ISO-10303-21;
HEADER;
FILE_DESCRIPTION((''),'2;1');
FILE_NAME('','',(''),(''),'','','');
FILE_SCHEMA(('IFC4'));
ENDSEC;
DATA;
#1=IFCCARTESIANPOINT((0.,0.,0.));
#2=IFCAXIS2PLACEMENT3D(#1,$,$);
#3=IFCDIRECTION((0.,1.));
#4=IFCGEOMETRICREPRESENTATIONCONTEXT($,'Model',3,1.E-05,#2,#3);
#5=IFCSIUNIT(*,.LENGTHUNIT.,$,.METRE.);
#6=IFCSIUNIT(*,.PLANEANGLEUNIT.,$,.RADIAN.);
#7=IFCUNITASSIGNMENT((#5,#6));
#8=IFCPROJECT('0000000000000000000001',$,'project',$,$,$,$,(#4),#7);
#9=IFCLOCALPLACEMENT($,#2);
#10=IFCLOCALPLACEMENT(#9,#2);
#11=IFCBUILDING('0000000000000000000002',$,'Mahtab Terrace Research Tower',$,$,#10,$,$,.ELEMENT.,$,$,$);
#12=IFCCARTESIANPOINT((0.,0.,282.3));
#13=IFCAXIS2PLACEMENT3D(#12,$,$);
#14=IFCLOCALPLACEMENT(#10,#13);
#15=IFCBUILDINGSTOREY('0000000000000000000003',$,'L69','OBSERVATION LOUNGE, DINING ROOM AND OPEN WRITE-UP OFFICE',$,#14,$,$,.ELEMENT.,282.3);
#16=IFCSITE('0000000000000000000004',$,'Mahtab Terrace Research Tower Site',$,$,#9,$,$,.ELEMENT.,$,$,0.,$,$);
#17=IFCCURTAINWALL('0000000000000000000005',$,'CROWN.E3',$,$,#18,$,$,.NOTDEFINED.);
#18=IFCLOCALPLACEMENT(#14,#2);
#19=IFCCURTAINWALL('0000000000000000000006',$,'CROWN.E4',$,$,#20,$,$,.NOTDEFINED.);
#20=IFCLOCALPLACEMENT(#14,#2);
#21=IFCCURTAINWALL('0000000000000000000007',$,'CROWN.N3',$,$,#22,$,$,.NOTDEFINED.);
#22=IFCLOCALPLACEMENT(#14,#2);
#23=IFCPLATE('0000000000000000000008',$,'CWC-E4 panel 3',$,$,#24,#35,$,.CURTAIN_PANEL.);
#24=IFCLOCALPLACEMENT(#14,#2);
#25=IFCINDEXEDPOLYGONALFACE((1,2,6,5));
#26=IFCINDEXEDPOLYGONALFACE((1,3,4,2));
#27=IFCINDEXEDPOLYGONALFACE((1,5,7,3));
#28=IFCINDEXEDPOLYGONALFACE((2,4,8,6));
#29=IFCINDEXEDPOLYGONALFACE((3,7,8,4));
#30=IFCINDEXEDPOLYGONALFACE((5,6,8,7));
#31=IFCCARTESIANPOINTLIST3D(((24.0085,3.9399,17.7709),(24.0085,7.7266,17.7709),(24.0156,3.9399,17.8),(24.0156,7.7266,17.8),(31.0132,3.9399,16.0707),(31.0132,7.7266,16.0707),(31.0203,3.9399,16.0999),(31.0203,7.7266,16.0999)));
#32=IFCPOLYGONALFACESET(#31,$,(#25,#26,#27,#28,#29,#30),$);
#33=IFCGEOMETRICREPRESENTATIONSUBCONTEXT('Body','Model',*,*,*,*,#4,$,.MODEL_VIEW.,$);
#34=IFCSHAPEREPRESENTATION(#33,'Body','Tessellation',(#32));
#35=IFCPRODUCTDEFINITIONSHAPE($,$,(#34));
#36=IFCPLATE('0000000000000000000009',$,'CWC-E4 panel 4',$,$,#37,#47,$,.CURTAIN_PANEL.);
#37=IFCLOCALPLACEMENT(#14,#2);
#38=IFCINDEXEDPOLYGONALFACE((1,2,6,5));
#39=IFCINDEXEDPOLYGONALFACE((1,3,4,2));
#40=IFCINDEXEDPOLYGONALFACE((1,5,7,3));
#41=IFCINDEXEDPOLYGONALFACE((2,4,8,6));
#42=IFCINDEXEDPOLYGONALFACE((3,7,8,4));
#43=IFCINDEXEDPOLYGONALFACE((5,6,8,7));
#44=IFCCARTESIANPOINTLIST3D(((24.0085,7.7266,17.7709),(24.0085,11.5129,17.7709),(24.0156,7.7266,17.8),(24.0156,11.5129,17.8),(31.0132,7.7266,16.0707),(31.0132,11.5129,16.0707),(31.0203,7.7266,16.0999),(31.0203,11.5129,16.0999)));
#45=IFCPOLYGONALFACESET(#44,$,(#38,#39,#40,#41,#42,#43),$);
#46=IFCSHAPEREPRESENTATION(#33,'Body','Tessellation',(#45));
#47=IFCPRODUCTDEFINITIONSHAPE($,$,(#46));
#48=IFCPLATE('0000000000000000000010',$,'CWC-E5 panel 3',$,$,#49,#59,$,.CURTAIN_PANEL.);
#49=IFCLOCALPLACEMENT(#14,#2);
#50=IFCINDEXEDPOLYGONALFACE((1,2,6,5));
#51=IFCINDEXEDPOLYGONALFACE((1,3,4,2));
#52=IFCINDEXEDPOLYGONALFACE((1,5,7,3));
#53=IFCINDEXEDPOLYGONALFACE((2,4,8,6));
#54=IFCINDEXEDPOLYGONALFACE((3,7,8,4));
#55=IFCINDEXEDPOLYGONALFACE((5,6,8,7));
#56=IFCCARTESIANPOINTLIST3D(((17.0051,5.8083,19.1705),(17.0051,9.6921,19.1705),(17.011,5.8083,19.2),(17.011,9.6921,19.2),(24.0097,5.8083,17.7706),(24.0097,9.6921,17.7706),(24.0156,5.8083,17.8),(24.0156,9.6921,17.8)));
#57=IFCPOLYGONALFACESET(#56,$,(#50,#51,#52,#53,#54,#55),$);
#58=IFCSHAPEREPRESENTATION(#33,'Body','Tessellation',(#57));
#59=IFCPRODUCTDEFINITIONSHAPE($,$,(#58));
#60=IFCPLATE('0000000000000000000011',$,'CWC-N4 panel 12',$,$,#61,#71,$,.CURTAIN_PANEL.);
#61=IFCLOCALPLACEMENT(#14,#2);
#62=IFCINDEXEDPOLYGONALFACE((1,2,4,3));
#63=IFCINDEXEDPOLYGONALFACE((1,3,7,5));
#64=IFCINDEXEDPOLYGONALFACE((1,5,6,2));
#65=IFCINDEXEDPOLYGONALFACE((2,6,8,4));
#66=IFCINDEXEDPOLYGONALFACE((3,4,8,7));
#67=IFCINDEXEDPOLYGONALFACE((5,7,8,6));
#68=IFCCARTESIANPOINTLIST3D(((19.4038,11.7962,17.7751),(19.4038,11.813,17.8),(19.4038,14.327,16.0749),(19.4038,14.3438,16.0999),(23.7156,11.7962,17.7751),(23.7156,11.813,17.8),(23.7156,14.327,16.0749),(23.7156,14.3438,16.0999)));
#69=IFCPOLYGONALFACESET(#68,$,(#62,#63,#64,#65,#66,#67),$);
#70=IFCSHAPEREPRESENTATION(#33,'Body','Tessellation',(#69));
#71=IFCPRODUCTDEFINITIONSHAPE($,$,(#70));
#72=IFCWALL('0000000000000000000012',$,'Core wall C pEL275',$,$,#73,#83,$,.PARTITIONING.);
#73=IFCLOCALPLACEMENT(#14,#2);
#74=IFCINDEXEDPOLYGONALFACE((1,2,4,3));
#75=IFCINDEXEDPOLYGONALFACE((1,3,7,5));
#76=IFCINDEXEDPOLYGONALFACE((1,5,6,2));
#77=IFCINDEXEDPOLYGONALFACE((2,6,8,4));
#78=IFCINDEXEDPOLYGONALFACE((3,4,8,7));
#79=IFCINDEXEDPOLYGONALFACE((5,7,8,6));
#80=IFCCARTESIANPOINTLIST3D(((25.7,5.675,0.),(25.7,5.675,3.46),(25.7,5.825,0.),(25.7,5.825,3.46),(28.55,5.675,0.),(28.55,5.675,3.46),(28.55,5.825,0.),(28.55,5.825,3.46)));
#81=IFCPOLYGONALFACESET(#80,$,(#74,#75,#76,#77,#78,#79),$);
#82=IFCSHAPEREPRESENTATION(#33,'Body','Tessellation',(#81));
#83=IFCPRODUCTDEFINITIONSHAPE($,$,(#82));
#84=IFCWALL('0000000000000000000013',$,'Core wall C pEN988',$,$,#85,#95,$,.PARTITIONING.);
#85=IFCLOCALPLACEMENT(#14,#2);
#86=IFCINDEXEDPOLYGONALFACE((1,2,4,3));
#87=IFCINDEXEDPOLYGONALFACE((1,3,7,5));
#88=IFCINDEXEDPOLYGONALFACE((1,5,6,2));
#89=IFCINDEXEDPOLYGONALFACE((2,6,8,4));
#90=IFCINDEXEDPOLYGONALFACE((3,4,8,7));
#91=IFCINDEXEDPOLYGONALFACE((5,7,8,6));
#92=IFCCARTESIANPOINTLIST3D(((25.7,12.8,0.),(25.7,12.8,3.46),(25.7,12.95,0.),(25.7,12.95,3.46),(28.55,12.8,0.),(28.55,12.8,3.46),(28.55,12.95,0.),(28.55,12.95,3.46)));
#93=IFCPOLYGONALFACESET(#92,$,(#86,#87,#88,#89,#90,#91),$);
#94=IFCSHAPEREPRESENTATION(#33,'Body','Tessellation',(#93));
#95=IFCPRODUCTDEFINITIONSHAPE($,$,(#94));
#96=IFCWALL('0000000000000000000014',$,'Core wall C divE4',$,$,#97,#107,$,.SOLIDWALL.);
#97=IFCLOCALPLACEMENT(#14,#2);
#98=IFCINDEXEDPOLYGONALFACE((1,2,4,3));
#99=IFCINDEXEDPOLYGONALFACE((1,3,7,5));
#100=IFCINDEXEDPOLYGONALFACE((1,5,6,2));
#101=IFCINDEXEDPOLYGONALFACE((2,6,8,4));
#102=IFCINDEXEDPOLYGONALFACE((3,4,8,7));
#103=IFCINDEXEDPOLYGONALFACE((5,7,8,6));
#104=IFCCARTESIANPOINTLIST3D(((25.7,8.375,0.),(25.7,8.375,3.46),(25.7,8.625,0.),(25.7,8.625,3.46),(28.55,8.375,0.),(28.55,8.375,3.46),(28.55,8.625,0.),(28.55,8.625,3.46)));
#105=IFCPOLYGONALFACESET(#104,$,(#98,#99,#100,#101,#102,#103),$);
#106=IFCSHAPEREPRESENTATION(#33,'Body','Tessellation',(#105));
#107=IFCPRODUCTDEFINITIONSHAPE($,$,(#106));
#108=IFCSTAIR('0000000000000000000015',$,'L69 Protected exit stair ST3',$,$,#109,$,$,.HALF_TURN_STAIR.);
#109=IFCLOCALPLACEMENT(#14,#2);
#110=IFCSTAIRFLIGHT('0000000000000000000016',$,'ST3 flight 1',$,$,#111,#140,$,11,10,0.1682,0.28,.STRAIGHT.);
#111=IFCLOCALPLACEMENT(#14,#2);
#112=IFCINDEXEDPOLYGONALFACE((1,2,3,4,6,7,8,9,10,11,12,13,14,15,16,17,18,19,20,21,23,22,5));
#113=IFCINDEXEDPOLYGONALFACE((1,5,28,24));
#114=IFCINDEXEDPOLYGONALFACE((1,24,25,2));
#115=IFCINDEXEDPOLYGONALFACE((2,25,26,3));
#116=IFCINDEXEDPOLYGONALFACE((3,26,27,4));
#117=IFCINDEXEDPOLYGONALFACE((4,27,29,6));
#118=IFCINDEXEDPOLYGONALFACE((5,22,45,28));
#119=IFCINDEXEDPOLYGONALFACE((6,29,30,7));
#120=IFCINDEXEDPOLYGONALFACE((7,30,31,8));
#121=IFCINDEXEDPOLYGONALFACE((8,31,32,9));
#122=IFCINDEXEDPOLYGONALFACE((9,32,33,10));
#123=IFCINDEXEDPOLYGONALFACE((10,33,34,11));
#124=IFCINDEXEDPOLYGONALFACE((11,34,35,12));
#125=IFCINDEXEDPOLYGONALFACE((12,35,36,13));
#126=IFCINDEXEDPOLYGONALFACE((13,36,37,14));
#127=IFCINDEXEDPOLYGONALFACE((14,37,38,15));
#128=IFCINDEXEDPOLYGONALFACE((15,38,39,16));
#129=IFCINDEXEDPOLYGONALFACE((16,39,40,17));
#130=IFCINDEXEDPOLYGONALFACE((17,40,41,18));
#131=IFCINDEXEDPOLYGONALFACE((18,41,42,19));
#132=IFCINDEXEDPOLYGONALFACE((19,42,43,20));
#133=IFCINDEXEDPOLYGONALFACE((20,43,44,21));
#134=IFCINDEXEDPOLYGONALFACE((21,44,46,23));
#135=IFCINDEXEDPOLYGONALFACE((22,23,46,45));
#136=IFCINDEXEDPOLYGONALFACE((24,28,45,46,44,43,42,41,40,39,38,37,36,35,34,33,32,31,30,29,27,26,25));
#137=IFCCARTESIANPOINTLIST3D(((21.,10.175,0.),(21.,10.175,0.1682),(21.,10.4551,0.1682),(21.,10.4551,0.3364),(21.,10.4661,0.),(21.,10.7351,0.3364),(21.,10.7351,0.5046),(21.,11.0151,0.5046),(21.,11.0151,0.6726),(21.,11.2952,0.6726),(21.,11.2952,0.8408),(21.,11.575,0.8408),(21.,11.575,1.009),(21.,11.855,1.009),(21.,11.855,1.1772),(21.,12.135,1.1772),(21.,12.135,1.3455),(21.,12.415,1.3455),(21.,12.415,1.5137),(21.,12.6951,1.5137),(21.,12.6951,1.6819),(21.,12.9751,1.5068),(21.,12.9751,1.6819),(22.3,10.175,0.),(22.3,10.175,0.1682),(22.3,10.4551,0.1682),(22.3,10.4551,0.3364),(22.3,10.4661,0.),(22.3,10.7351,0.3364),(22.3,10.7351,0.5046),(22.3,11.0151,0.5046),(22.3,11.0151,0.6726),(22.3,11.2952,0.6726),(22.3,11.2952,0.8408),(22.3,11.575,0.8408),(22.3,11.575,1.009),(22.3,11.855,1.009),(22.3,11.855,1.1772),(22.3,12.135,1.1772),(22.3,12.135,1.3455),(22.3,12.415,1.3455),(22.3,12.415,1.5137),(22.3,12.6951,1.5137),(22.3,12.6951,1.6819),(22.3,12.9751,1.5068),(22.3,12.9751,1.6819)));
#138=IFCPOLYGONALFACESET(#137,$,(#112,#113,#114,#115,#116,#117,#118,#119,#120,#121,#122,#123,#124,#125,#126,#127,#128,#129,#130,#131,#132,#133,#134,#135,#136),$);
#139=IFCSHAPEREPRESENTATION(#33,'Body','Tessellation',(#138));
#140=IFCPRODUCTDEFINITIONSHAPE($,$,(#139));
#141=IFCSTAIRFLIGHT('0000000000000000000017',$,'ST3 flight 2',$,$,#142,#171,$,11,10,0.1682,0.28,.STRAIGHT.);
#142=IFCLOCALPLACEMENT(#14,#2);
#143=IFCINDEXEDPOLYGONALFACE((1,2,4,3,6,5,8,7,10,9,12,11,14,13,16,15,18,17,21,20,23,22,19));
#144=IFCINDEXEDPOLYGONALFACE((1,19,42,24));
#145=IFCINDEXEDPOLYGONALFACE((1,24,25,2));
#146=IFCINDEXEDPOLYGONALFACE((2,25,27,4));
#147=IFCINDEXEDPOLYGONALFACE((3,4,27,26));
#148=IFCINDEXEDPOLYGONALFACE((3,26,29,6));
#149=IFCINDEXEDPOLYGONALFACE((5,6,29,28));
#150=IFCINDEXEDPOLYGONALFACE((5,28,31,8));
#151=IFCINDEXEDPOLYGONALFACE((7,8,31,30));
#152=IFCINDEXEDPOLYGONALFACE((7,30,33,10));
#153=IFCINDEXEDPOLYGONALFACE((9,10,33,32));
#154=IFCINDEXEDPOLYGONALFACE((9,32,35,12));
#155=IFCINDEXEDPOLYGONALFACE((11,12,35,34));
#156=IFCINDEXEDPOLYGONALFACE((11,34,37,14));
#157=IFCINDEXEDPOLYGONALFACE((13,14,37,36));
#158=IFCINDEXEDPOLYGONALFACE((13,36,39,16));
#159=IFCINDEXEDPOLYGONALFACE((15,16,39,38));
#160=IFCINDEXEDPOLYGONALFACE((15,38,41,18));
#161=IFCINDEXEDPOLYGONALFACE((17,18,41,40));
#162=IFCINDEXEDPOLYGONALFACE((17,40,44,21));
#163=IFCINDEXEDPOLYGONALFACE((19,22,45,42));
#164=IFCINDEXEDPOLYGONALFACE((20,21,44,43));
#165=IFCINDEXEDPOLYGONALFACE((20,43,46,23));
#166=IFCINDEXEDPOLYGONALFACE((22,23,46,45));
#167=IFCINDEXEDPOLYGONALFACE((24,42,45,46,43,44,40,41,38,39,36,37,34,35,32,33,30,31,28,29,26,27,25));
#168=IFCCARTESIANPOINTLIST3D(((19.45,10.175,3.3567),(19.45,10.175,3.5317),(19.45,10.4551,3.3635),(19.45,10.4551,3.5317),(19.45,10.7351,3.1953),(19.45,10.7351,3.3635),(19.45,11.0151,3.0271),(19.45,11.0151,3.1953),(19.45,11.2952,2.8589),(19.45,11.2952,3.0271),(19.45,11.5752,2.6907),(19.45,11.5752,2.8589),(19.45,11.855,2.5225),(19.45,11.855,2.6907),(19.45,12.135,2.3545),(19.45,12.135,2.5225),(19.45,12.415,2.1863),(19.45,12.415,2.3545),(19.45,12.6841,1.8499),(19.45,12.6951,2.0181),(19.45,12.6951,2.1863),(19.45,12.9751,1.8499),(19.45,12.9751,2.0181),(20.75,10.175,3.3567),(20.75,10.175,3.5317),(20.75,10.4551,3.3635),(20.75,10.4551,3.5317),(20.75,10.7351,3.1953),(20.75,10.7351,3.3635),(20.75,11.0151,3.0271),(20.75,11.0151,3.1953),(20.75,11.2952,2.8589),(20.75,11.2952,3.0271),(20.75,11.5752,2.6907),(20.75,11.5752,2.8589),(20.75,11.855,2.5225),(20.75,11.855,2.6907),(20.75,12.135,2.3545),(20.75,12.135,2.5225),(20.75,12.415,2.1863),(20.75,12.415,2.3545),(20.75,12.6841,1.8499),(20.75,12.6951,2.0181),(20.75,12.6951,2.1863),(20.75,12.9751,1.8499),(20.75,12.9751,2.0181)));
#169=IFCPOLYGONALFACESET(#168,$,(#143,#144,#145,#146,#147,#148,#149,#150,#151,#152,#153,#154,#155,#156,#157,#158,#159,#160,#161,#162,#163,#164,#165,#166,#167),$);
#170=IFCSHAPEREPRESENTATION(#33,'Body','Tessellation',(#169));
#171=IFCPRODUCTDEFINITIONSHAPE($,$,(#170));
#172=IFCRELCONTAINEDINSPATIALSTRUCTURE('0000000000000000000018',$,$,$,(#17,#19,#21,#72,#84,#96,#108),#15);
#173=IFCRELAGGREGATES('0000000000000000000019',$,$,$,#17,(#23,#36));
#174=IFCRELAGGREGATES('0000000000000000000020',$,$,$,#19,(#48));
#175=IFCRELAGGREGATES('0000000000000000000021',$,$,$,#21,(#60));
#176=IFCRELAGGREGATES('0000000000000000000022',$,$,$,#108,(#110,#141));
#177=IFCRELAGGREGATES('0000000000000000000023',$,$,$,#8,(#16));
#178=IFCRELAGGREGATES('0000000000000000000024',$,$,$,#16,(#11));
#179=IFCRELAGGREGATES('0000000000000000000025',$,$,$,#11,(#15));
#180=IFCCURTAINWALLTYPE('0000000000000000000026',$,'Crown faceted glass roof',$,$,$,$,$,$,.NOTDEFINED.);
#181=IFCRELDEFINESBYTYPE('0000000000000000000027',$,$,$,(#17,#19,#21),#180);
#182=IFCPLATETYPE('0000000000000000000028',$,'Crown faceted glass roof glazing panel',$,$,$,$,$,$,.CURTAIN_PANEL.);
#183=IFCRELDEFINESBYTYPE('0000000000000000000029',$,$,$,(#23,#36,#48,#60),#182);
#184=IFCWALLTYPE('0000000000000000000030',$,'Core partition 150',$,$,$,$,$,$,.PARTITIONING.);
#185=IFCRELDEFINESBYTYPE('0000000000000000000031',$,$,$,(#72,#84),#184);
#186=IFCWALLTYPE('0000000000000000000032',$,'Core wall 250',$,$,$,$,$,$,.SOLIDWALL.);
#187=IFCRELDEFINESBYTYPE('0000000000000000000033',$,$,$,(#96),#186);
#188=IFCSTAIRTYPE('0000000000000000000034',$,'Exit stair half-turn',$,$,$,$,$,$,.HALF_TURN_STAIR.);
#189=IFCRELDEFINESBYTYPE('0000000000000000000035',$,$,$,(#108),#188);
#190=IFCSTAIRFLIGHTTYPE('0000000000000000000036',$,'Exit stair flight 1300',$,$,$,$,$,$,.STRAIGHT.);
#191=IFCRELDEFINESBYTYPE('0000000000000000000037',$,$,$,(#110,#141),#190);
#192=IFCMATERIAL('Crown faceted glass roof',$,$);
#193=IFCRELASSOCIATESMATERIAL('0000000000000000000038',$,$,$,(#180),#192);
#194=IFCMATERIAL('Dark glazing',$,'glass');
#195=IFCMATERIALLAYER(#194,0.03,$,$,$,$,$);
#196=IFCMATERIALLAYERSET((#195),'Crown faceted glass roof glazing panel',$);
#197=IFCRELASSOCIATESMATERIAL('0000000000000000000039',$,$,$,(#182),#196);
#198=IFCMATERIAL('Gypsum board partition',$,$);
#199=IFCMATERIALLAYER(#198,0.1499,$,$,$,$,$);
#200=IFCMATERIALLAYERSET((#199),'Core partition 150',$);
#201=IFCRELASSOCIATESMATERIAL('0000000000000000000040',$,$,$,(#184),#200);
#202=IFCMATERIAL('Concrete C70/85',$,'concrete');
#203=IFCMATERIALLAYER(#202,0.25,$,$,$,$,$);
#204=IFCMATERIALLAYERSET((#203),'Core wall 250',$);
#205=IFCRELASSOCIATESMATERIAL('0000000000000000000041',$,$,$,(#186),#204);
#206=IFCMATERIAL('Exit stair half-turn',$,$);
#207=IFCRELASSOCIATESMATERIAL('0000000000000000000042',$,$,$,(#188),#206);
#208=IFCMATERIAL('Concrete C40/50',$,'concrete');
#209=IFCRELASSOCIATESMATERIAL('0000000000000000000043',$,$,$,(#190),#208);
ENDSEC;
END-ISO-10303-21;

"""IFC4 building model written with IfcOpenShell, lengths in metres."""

from ifc_helpers import new_model, si_unit, direction, frame, frame_2d, origin, place, context, subcontext, project, spatial, polyline, rectangle, outline, extrude, material, layer, layer_set, type_object, element, aggregate, save


model = new_model("IFC4")

# Units and contexts
model_context = context("Model", 3, precision=1e-05, world=origin(), true_north=direction((0.0, 1.0)))
body_context = subcontext(model_context, "Body", "Model", "MODEL_VIEW")
ifc_project = project(units=[si_unit("LENGTHUNIT", "METRE"), si_unit("PLANEANGLEUNIT", "RADIAN")], contexts=[model_context])

# Site, building, storey
site_placement = place(None, origin())
site = spatial("IfcSite", under=ifc_project, at=site_placement, Name="Mahtab Terrace Research Tower Site", CompositionType="ELEMENT", RefElevation=0.0)
building_placement = place(site_placement, origin())
building = spatial("IfcBuilding", under=site, at=building_placement, Name="Mahtab Terrace Research Tower", CompositionType="ELEMENT")
storey_placement = place(building_placement, frame((0.0, 0.0, 282.3)))
storey = spatial("IfcBuildingStorey", under=building, at=storey_placement, Name="L69", Description="OBSERVATION LOUNGE, DINING ROOM AND OPEN WRITE-UP OFFICE", CompositionType="ELEMENT", Elevation=282.3)

# Shared definitions
ifc_material_1 = material(Name="Concrete C70/85", Category="concrete")

# Curtain walls
ifc_material_2 = material(Name="Crown faceted glass roof")
curtain_wall_type = type_object("IfcCurtainWallType", Name="Crown faceted glass roof", PredefinedType="NOTDEFINED", material=ifc_material_2)
curtain_wall_1_placement = place(storey_placement, origin())
curtain_wall_1 = element("IfcCurtainWall", 1, at=curtain_wall_1_placement, inside=storey, type_object=curtain_wall_type, Name="CROWN.E3", PredefinedType="NOTDEFINED")
curtain_wall_2_placement = place(storey_placement, origin())
curtain_wall_2 = element("IfcCurtainWall", 2, at=curtain_wall_2_placement, inside=storey, type_object=curtain_wall_type, Name="CROWN.E4", PredefinedType="NOTDEFINED")

# Curtain wall
curtain_wall_3_placement = place(storey_placement, origin())
curtain_wall_3 = element("IfcCurtainWall", 3, at=curtain_wall_3_placement, inside=storey, type_object=curtain_wall_type, Name="CROWN.N3", PredefinedType="NOTDEFINED")

# Plates
ifc_material_3 = material(Name="Dark glazing", Category="glass")
ifc_layer_1 = layer(ifc_material_3, 0.03)
ifc_layer_set_1 = layer_set([ifc_layer_1], Name="Crown faceted glass roof glazing panel")
plate_type = type_object("IfcPlateType", Name="Crown faceted glass roof glazing panel", PredefinedType="CURTAIN_PANEL", material=ifc_layer_set_1)
plate_1_placement = place(storey_placement, frame((31.0203, 3.9399, 16.0999), z_axis=(0.235875, 0.0, 0.971783), x_axis=(0.0, 1.0, 0.0)))
plate_1 = element("IfcPlate", 4, at=plate_1_placement, type_object=plate_type, Name="CWC-E4 panel 3", PredefinedType="CURTAIN_PANEL", context=body_context, shape_type="SweptSolid", body=[
    extrude(outline(polyline([(0.0, 0.0), (3.7866, 0.0), (3.7866, 7.208), (0.0, 7.208), (0.0, 0.0)])), origin(), (0.0, 0.0, -1.0), 0.03),
])
plate_2_placement = place(storey_placement, frame((31.0203, 7.7266, 16.0999), z_axis=(0.235875, 0.0, 0.971783), x_axis=(0.0, 1.0, 0.0)))
plate_2 = element("IfcPlate", 5, at=plate_2_placement, type_object=plate_type, Name="CWC-E4 panel 4", PredefinedType="CURTAIN_PANEL", context=body_context, shape_type="SweptSolid", body=[
    extrude(outline(polyline([(0.0, 0.0), (3.7864, 0.0), (3.7864, 7.208), (0.0, 7.208), (0.0, 0.0)])), origin(), (0.0, 0.0, -1.0), 0.03),
])
aggregate(curtain_wall_1, [plate_1, plate_2])
plate_3_placement = place(storey_placement, frame((24.0156, 5.8083, 17.8), z_axis=(0.195978, 0.0, 0.980608), x_axis=(0.0, 1.0, 0.0)))
plate_3 = element("IfcPlate", 6, at=plate_3_placement, type_object=plate_type, Name="CWC-E5 panel 3", PredefinedType="CURTAIN_PANEL", context=body_context, shape_type="SweptSolid", body=[
    extrude(outline(polyline([(0.0, 0.0), (3.8838, 0.0), (3.8838, 7.1432), (0.0, 7.1432), (0.0, 0.0)])), origin(), (0.0, 0.0, -1.0), 0.03),
])
aggregate(curtain_wall_2, [plate_3])
plate_4_placement = place(storey_placement, frame((23.7156, 11.813, 17.8), z_axis=(0.0, 0.557653, 0.830074), x_axis=(0.0, 0.830074, -0.557653)))
plate_4 = element("IfcPlate", 7, at=plate_4_placement, type_object=plate_type, Name="CWC-N4 panel 12", PredefinedType="CURTAIN_PANEL", context=body_context, shape_type="SweptSolid", body=[
    extrude(outline(polyline([(0.0, 0.0), (3.0488, 0.0), (3.0488, 4.3118), (0.0, 4.3118), (0.0, 0.0)])), origin(), (0.0, 0.0, -1.0), 0.03),
])
aggregate(curtain_wall_3, [plate_4])

# Walls
ifc_material_4 = material(Name="Gypsum board partition")
ifc_layer_2 = layer(ifc_material_4, 0.1499)
ifc_layer_set_2 = layer_set([ifc_layer_2], Name="Core partition 150")
wall_type_1 = type_object("IfcWallType", Name="Core partition 150", PredefinedType="PARTITIONING", material=ifc_layer_set_2)
for number, where, z_axis, x_axis, name in (
    (8, (25.7, 5.75, 0.0), (0.0, 0.0, 1.0), (1.0, 0.0, 0.0), "Core wall C pEL275"),
    (9, (25.7, 12.875, 0.0), (0.0, 0.0, 1.0), (1.0, 0.0, 0.0), "Core wall C pEN988"),
):
    element("IfcWall", number, at=place(storey_placement, frame(where, z_axis=z_axis, x_axis=x_axis)), inside=storey, type_object=wall_type_1, Name=name, PredefinedType="PARTITIONING", context=body_context, shape_type="SweptSolid", body=[
        extrude(rectangle(XDim=2.8501, YDim=0.1499, at=frame_2d((1.425, 0.0))), origin(), (0.0, 0.0, 1.0), 3.46),
    ])
ifc_layer_3 = layer(ifc_material_1, 0.25)
ifc_layer_set_3 = layer_set([ifc_layer_3], Name="Core wall 250")
wall_type_2 = type_object("IfcWallType", Name="Core wall 250", PredefinedType="SOLIDWALL", material=ifc_layer_set_3)
wall_placement = place(storey_placement, frame((25.7, 8.5, 0.0), z_axis=(0.0, 0.0, 1.0), x_axis=(1.0, 0.0, 0.0)))
element("IfcWall", 10, at=wall_placement, inside=storey, type_object=wall_type_2, Name="Core wall C divE4", PredefinedType="SOLIDWALL", context=body_context, shape_type="SweptSolid", body=[
    extrude(rectangle(XDim=2.8501, YDim=0.25, at=frame_2d((1.425, 0.0))), origin(), (0.0, 0.0, 1.0), 3.46),
])

# Stair, stair flights
ifc_material_5 = material(Name="Exit stair half-turn")
stair_type = type_object("IfcStairType", Name="Exit stair half-turn", PredefinedType="HALF_TURN_STAIR", material=ifc_material_5)
stair_placement = place(storey_placement, origin())
stair = element("IfcStair", 11, at=stair_placement, inside=storey, type_object=stair_type, Name="L69 Protected exit stair ST3", PredefinedType="HALF_TURN_STAIR")
ifc_material_6 = material(Name="Concrete C40/50", Category="concrete")
stair_flight_type = type_object("IfcStairFlightType", Name="Exit stair flight 1300", PredefinedType="STRAIGHT", material=ifc_material_6)
stair_flight_1_placement = place(storey_placement, frame((21.6499, 10.175, 0.0), z_axis=(0.0, 0.0, 1.0), x_axis=(0.0, 1.0, 0.0)))
stair_flight_1 = element("IfcStairFlight", 12, at=stair_flight_1_placement, type_object=stair_flight_type, Name="ST3 flight 1", NumberOfRisers=11, NumberOfTreads=10, PredefinedType="STRAIGHT", RiserHeight=0.1682, TreadLength=0.28, context=body_context, shape_type="SweptSolid", body=[
    extrude(outline(polyline([(0.0, 0.0), (0.0, 0.1682), (0.28, 0.1682), (0.28, 0.3364), (0.5601, 0.3364), (0.5601, 0.5046), (0.8401, 0.5046), (0.8401, 0.6726), (1.1201, 0.6726), (1.1201, 0.8408), (1.3999, 0.8408), (1.3999, 1.009), (1.6799, 1.009), (1.6799, 1.1772), (1.96, 1.1772), (1.96, 1.3455), (2.24, 1.3455), (2.24, 1.5137), (2.52, 1.5137), (2.52, 1.6819), (2.8, 1.6819), (2.8, 1.8501), (2.8, 1.5068), (0.291, 0.0), (0.0, 0.0)])), frame((0.0, 0.6499, 0.0), z_axis=(0.0, -1.0, 0.0), x_axis=(1.0, 0.0, 0.0)), (0.0, 0.0, 1.0), 1.3),
])
stair_flight_2_placement = place(storey_placement, frame((20.1001, 12.9751, 1.8499), z_axis=(0.0, 0.0, 1.0), x_axis=(0.0, -1.0, 0.0)))
stair_flight_2 = element("IfcStairFlight", 13, at=stair_flight_2_placement, type_object=stair_flight_type, Name="ST3 flight 2", NumberOfRisers=11, NumberOfTreads=10, PredefinedType="STRAIGHT", RiserHeight=0.1682, TreadLength=0.28, context=body_context, shape_type="SweptSolid", body=[
    extrude(outline(polyline([(0.0, 0.0), (0.0, 0.1682), (0.28, 0.1682), (0.28, 0.3364), (0.5601, 0.3364), (0.5601, 0.5046), (0.8401, 0.5046), (0.8401, 0.6726), (1.1201, 0.6726), (1.1201, 0.8408), (1.3999, 0.8408), (1.3999, 1.009), (1.6799, 1.009), (1.6799, 1.1772), (1.96, 1.1772), (1.96, 1.3455), (2.24, 1.3455), (2.24, 1.5137), (2.52, 1.5137), (2.52, 1.6819), (2.8, 1.6819), (2.8, 1.8501), (2.8, 1.5068), (0.291, 0.0), (0.0, 0.0)])), frame((0.0, 0.6499, 0.0), z_axis=(0.0, -1.0, 0.0), x_axis=(1.0, 0.0, 0.0)), (0.0, 0.0, 1.0), 1.3),
])
aggregate(stair, [stair_flight_1, stair_flight_2])

save(model, "model.ifc")
